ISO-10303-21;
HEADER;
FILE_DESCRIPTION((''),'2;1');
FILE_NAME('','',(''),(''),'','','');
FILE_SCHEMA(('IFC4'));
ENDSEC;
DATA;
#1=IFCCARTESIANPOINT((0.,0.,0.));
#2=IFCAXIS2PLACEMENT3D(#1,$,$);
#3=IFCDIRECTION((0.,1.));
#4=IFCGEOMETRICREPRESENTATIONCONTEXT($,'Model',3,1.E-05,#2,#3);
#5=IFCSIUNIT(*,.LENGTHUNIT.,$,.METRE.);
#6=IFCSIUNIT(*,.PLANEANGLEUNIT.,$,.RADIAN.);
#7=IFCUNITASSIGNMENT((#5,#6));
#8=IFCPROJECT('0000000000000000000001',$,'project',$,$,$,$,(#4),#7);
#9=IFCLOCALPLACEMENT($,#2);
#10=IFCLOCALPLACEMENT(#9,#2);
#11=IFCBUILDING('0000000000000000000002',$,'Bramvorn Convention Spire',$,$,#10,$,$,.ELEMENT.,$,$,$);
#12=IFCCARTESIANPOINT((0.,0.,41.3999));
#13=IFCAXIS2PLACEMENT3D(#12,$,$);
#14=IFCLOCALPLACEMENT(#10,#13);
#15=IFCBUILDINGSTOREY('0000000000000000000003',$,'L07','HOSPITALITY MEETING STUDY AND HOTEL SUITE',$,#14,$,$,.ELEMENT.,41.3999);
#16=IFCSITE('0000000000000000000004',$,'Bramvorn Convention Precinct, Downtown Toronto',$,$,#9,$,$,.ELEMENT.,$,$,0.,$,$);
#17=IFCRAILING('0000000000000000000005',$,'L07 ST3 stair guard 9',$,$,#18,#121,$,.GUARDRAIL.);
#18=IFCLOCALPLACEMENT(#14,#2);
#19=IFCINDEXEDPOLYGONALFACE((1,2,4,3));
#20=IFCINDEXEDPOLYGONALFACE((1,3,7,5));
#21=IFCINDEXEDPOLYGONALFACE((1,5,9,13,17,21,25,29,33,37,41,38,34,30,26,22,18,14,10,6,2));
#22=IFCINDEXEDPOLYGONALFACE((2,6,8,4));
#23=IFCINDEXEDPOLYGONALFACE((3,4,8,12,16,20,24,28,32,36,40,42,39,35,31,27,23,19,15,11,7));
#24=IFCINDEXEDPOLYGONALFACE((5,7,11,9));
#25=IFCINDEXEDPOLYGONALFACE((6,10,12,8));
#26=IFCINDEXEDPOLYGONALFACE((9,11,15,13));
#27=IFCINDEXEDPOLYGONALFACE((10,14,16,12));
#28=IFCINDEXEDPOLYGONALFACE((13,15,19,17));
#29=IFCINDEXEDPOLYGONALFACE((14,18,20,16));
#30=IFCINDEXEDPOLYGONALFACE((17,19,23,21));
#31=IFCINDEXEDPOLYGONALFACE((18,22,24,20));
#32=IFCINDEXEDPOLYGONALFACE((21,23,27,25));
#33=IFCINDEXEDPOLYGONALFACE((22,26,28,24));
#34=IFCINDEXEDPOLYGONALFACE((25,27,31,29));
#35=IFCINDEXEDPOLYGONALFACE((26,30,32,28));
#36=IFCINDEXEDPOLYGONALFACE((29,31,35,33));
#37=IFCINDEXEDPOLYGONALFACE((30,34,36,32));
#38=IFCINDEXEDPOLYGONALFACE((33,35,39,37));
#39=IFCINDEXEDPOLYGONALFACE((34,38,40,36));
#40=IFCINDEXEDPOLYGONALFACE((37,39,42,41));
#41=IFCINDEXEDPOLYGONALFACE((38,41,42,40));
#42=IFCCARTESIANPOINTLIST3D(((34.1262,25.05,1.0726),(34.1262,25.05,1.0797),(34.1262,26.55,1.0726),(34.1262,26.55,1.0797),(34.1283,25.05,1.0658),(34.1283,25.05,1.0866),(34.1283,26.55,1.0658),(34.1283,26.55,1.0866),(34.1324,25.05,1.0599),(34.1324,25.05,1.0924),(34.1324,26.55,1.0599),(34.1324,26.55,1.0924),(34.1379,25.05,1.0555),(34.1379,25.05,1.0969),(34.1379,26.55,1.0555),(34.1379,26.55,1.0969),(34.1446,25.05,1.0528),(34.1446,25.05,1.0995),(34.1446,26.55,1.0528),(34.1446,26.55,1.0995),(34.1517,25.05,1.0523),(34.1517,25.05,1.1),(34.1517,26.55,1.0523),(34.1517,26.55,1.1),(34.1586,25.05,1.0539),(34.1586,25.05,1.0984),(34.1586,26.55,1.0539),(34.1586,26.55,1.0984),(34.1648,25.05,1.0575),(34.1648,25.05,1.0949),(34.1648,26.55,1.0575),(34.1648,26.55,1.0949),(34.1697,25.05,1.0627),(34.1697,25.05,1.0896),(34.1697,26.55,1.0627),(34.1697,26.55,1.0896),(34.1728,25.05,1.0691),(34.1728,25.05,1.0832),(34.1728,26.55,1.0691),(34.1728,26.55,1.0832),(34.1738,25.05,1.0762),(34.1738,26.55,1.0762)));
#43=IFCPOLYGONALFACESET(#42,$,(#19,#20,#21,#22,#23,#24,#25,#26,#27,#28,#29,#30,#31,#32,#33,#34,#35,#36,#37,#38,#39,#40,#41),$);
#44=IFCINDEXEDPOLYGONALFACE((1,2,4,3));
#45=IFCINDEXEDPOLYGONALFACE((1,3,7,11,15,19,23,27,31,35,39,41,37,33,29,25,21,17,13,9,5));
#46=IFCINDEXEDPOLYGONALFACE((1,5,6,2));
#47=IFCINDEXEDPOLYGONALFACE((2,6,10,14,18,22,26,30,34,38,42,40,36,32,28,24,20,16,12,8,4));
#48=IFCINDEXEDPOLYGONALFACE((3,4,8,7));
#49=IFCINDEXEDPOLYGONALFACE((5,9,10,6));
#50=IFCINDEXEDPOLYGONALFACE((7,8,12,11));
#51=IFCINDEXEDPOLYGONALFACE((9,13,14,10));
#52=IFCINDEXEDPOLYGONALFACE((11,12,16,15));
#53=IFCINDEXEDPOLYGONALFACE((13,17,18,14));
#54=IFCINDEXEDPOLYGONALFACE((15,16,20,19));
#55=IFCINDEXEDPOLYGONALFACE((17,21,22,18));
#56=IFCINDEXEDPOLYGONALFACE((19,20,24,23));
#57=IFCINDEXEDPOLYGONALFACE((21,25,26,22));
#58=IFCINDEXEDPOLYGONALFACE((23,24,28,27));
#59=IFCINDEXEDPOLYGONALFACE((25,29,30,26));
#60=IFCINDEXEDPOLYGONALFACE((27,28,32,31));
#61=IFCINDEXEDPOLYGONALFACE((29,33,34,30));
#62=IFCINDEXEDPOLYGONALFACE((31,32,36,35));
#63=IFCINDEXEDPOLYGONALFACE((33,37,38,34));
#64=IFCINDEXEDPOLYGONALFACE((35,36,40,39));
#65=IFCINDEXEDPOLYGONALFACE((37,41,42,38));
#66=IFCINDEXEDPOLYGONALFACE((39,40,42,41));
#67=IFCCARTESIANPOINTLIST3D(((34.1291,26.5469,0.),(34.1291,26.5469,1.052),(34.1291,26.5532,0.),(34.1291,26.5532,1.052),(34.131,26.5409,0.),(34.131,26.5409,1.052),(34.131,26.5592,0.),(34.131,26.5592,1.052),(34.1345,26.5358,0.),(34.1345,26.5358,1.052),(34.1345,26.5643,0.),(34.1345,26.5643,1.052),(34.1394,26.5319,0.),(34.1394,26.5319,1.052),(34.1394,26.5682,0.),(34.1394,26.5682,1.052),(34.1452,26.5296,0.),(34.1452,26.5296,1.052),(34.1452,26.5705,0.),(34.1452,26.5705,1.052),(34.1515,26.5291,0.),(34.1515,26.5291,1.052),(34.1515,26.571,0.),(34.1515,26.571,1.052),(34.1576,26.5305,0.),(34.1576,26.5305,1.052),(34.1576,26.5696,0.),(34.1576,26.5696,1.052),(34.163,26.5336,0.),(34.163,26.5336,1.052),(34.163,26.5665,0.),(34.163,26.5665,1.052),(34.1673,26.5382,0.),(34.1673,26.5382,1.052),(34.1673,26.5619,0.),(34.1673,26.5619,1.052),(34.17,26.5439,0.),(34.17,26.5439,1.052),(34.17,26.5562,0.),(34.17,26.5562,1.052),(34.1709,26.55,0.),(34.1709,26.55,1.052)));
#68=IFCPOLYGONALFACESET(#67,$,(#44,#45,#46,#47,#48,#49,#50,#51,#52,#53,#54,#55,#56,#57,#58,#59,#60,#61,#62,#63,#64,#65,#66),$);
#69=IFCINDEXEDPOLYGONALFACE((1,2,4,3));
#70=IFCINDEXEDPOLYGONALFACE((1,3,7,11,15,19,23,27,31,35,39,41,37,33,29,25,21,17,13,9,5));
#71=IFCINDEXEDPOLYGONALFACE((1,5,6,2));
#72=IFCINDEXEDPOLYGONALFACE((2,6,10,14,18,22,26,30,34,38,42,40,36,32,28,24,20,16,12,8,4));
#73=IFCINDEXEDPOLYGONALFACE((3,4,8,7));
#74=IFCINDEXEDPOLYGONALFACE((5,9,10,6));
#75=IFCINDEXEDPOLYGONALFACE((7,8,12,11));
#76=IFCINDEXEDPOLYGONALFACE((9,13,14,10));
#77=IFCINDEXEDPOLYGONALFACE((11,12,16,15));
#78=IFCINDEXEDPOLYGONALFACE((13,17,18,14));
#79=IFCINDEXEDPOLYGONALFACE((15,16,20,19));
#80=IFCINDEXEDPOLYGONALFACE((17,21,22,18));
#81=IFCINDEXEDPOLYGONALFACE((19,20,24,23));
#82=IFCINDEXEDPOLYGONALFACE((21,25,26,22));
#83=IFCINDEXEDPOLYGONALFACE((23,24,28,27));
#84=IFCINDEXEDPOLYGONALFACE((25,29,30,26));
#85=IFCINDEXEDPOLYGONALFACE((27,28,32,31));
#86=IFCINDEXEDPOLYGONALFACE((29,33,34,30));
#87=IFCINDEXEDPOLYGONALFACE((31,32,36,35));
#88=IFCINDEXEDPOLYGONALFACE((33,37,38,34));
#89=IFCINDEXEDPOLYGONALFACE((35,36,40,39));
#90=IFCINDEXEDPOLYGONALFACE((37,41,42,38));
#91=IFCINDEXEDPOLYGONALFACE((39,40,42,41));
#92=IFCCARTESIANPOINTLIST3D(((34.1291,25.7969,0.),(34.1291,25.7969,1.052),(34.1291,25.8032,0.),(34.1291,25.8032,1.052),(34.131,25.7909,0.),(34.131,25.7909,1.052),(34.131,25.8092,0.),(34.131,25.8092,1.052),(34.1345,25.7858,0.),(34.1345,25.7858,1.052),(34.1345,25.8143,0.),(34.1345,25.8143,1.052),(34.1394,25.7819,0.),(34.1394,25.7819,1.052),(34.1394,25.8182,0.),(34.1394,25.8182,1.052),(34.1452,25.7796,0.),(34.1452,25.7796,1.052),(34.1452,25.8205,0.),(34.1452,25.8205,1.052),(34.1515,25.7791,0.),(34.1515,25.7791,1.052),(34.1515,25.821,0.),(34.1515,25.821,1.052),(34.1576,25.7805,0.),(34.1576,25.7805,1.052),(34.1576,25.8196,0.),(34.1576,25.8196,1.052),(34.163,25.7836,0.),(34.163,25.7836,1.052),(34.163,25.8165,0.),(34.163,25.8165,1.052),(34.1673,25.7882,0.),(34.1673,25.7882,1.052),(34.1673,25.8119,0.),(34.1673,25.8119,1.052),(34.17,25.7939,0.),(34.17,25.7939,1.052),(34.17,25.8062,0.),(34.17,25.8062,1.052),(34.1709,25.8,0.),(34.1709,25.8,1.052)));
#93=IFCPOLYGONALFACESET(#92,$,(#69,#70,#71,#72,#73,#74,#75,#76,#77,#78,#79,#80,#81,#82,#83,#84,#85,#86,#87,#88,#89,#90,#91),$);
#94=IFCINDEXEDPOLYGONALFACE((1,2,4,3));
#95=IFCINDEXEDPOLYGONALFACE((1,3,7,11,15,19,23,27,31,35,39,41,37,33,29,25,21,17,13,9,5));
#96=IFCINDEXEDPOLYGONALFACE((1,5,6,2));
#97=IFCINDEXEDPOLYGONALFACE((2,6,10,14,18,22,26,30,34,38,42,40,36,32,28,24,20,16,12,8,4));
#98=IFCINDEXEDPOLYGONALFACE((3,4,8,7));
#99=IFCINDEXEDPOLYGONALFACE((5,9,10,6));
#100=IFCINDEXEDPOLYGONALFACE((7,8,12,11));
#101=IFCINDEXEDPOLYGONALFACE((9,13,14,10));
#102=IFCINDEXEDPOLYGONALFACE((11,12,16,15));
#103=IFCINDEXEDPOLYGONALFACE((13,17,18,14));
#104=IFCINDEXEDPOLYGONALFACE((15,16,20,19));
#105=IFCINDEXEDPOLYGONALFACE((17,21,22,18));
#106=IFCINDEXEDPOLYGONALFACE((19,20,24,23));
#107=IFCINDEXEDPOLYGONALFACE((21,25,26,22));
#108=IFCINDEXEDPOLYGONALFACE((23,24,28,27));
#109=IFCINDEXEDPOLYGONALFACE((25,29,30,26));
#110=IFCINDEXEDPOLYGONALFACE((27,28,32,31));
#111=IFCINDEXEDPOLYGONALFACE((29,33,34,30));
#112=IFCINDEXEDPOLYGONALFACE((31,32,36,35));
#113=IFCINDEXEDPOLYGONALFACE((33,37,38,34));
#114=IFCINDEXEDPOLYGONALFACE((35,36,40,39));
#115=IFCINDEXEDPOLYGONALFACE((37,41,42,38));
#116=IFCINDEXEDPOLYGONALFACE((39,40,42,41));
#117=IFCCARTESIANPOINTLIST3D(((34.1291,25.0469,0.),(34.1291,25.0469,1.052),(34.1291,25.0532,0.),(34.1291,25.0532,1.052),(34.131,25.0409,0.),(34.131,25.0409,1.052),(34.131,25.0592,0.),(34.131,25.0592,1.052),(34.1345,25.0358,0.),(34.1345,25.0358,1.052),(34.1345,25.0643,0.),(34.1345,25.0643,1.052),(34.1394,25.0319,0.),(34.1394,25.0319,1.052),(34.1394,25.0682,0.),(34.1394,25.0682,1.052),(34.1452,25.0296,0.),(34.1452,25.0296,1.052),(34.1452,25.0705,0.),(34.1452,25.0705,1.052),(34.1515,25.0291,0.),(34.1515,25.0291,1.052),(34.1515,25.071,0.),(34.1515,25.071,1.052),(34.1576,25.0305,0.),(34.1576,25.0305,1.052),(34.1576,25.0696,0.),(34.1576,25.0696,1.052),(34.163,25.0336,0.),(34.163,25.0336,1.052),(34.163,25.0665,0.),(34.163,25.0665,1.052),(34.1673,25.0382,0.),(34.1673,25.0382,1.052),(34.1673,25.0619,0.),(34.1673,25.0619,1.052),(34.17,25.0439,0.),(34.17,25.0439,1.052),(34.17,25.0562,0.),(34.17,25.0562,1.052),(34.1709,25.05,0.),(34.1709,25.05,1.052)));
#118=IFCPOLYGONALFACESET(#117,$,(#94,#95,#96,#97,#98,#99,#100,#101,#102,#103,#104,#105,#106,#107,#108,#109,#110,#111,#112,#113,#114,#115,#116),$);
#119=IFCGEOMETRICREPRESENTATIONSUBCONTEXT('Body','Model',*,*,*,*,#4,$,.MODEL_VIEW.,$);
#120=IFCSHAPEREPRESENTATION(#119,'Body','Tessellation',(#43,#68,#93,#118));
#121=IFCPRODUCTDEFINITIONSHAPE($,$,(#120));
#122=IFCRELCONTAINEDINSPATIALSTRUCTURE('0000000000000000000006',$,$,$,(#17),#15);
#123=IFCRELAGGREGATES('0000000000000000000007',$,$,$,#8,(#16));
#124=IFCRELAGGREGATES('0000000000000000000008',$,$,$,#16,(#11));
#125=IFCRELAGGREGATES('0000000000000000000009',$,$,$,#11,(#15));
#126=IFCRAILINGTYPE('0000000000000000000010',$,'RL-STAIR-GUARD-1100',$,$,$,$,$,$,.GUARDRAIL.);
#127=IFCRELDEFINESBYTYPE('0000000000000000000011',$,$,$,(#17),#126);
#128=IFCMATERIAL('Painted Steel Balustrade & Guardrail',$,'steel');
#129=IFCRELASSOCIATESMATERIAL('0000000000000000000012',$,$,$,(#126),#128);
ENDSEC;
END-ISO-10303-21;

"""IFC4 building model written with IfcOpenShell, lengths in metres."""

from ifc_helpers import new_model, si_unit, direction, frame, origin, origin_2d, place, context, subcontext, project, spatial, circle, extrude, material, type_object, element, save


model = new_model("IFC4")

# Units and contexts
model_context = context("Model", 3, precision=1e-05, world=origin(), true_north=direction((0.0, 1.0)))
body_context = subcontext(model_context, "Body", "Model", "MODEL_VIEW")
ifc_project = project(units=[si_unit("LENGTHUNIT", "METRE"), si_unit("PLANEANGLEUNIT", "RADIAN")], contexts=[model_context])

# Site, building, storey
site_placement = place(None, origin())
site = spatial("IfcSite", under=ifc_project, at=site_placement, Name="Bramvorn Convention Precinct, Downtown Toronto", CompositionType="ELEMENT", RefElevation=0.0)
building_placement = place(site_placement, origin())
building = spatial("IfcBuilding", under=site, at=building_placement, Name="Bramvorn Convention Spire", CompositionType="ELEMENT")
storey_placement = place(building_placement, frame((0.0, 0.0, 41.3999)))
storey = spatial("IfcBuildingStorey", under=building, at=storey_placement, Name="L07", Description="HOSPITALITY MEETING STUDY AND HOTEL SUITE", CompositionType="ELEMENT", Elevation=41.3999)

# Railing
ifc_material_1 = material(Name="Painted Steel Balustrade & Guardrail", Category="steel")
railing_type_1 = type_object("IfcRailingType", Name="RL-STAIR-GUARD-1100", PredefinedType="GUARDRAIL", material=ifc_material_1)
railing_1_placement = place(storey_placement, frame((34.1499, 26.55, 0.0)))
element("IfcRailing", 1, at=railing_1_placement, inside=storey, type_object=railing_type_1, Name="L07 ST3 stair guard 9", PredefinedType="GUARDRAIL", context=body_context, shape_type="SweptSolid", body=[
    extrude(circle(Radius=0.0239, at=origin_2d()), frame((0.0, 0.0, 1.0762), z_axis=(0.0, -1.0, 0.0), x_axis=(1.0, 0.0, 0.0)), (0.0, 0.0, 1.0), 1.5),
    extrude(circle(Radius=0.021, at=origin_2d()), origin(), (0.0, 0.0, 1.0), 1.052),
    extrude(circle(Radius=0.021, at=origin_2d()), frame((0.0, -0.75, 0.0)), (0.0, 0.0, 1.0), 1.052),
    extrude(circle(Radius=0.021, at=origin_2d()), frame((0.0, -1.5, 0.0)), (0.0, 0.0, 1.0), 1.052),
])

save(model, "model.ifc")
